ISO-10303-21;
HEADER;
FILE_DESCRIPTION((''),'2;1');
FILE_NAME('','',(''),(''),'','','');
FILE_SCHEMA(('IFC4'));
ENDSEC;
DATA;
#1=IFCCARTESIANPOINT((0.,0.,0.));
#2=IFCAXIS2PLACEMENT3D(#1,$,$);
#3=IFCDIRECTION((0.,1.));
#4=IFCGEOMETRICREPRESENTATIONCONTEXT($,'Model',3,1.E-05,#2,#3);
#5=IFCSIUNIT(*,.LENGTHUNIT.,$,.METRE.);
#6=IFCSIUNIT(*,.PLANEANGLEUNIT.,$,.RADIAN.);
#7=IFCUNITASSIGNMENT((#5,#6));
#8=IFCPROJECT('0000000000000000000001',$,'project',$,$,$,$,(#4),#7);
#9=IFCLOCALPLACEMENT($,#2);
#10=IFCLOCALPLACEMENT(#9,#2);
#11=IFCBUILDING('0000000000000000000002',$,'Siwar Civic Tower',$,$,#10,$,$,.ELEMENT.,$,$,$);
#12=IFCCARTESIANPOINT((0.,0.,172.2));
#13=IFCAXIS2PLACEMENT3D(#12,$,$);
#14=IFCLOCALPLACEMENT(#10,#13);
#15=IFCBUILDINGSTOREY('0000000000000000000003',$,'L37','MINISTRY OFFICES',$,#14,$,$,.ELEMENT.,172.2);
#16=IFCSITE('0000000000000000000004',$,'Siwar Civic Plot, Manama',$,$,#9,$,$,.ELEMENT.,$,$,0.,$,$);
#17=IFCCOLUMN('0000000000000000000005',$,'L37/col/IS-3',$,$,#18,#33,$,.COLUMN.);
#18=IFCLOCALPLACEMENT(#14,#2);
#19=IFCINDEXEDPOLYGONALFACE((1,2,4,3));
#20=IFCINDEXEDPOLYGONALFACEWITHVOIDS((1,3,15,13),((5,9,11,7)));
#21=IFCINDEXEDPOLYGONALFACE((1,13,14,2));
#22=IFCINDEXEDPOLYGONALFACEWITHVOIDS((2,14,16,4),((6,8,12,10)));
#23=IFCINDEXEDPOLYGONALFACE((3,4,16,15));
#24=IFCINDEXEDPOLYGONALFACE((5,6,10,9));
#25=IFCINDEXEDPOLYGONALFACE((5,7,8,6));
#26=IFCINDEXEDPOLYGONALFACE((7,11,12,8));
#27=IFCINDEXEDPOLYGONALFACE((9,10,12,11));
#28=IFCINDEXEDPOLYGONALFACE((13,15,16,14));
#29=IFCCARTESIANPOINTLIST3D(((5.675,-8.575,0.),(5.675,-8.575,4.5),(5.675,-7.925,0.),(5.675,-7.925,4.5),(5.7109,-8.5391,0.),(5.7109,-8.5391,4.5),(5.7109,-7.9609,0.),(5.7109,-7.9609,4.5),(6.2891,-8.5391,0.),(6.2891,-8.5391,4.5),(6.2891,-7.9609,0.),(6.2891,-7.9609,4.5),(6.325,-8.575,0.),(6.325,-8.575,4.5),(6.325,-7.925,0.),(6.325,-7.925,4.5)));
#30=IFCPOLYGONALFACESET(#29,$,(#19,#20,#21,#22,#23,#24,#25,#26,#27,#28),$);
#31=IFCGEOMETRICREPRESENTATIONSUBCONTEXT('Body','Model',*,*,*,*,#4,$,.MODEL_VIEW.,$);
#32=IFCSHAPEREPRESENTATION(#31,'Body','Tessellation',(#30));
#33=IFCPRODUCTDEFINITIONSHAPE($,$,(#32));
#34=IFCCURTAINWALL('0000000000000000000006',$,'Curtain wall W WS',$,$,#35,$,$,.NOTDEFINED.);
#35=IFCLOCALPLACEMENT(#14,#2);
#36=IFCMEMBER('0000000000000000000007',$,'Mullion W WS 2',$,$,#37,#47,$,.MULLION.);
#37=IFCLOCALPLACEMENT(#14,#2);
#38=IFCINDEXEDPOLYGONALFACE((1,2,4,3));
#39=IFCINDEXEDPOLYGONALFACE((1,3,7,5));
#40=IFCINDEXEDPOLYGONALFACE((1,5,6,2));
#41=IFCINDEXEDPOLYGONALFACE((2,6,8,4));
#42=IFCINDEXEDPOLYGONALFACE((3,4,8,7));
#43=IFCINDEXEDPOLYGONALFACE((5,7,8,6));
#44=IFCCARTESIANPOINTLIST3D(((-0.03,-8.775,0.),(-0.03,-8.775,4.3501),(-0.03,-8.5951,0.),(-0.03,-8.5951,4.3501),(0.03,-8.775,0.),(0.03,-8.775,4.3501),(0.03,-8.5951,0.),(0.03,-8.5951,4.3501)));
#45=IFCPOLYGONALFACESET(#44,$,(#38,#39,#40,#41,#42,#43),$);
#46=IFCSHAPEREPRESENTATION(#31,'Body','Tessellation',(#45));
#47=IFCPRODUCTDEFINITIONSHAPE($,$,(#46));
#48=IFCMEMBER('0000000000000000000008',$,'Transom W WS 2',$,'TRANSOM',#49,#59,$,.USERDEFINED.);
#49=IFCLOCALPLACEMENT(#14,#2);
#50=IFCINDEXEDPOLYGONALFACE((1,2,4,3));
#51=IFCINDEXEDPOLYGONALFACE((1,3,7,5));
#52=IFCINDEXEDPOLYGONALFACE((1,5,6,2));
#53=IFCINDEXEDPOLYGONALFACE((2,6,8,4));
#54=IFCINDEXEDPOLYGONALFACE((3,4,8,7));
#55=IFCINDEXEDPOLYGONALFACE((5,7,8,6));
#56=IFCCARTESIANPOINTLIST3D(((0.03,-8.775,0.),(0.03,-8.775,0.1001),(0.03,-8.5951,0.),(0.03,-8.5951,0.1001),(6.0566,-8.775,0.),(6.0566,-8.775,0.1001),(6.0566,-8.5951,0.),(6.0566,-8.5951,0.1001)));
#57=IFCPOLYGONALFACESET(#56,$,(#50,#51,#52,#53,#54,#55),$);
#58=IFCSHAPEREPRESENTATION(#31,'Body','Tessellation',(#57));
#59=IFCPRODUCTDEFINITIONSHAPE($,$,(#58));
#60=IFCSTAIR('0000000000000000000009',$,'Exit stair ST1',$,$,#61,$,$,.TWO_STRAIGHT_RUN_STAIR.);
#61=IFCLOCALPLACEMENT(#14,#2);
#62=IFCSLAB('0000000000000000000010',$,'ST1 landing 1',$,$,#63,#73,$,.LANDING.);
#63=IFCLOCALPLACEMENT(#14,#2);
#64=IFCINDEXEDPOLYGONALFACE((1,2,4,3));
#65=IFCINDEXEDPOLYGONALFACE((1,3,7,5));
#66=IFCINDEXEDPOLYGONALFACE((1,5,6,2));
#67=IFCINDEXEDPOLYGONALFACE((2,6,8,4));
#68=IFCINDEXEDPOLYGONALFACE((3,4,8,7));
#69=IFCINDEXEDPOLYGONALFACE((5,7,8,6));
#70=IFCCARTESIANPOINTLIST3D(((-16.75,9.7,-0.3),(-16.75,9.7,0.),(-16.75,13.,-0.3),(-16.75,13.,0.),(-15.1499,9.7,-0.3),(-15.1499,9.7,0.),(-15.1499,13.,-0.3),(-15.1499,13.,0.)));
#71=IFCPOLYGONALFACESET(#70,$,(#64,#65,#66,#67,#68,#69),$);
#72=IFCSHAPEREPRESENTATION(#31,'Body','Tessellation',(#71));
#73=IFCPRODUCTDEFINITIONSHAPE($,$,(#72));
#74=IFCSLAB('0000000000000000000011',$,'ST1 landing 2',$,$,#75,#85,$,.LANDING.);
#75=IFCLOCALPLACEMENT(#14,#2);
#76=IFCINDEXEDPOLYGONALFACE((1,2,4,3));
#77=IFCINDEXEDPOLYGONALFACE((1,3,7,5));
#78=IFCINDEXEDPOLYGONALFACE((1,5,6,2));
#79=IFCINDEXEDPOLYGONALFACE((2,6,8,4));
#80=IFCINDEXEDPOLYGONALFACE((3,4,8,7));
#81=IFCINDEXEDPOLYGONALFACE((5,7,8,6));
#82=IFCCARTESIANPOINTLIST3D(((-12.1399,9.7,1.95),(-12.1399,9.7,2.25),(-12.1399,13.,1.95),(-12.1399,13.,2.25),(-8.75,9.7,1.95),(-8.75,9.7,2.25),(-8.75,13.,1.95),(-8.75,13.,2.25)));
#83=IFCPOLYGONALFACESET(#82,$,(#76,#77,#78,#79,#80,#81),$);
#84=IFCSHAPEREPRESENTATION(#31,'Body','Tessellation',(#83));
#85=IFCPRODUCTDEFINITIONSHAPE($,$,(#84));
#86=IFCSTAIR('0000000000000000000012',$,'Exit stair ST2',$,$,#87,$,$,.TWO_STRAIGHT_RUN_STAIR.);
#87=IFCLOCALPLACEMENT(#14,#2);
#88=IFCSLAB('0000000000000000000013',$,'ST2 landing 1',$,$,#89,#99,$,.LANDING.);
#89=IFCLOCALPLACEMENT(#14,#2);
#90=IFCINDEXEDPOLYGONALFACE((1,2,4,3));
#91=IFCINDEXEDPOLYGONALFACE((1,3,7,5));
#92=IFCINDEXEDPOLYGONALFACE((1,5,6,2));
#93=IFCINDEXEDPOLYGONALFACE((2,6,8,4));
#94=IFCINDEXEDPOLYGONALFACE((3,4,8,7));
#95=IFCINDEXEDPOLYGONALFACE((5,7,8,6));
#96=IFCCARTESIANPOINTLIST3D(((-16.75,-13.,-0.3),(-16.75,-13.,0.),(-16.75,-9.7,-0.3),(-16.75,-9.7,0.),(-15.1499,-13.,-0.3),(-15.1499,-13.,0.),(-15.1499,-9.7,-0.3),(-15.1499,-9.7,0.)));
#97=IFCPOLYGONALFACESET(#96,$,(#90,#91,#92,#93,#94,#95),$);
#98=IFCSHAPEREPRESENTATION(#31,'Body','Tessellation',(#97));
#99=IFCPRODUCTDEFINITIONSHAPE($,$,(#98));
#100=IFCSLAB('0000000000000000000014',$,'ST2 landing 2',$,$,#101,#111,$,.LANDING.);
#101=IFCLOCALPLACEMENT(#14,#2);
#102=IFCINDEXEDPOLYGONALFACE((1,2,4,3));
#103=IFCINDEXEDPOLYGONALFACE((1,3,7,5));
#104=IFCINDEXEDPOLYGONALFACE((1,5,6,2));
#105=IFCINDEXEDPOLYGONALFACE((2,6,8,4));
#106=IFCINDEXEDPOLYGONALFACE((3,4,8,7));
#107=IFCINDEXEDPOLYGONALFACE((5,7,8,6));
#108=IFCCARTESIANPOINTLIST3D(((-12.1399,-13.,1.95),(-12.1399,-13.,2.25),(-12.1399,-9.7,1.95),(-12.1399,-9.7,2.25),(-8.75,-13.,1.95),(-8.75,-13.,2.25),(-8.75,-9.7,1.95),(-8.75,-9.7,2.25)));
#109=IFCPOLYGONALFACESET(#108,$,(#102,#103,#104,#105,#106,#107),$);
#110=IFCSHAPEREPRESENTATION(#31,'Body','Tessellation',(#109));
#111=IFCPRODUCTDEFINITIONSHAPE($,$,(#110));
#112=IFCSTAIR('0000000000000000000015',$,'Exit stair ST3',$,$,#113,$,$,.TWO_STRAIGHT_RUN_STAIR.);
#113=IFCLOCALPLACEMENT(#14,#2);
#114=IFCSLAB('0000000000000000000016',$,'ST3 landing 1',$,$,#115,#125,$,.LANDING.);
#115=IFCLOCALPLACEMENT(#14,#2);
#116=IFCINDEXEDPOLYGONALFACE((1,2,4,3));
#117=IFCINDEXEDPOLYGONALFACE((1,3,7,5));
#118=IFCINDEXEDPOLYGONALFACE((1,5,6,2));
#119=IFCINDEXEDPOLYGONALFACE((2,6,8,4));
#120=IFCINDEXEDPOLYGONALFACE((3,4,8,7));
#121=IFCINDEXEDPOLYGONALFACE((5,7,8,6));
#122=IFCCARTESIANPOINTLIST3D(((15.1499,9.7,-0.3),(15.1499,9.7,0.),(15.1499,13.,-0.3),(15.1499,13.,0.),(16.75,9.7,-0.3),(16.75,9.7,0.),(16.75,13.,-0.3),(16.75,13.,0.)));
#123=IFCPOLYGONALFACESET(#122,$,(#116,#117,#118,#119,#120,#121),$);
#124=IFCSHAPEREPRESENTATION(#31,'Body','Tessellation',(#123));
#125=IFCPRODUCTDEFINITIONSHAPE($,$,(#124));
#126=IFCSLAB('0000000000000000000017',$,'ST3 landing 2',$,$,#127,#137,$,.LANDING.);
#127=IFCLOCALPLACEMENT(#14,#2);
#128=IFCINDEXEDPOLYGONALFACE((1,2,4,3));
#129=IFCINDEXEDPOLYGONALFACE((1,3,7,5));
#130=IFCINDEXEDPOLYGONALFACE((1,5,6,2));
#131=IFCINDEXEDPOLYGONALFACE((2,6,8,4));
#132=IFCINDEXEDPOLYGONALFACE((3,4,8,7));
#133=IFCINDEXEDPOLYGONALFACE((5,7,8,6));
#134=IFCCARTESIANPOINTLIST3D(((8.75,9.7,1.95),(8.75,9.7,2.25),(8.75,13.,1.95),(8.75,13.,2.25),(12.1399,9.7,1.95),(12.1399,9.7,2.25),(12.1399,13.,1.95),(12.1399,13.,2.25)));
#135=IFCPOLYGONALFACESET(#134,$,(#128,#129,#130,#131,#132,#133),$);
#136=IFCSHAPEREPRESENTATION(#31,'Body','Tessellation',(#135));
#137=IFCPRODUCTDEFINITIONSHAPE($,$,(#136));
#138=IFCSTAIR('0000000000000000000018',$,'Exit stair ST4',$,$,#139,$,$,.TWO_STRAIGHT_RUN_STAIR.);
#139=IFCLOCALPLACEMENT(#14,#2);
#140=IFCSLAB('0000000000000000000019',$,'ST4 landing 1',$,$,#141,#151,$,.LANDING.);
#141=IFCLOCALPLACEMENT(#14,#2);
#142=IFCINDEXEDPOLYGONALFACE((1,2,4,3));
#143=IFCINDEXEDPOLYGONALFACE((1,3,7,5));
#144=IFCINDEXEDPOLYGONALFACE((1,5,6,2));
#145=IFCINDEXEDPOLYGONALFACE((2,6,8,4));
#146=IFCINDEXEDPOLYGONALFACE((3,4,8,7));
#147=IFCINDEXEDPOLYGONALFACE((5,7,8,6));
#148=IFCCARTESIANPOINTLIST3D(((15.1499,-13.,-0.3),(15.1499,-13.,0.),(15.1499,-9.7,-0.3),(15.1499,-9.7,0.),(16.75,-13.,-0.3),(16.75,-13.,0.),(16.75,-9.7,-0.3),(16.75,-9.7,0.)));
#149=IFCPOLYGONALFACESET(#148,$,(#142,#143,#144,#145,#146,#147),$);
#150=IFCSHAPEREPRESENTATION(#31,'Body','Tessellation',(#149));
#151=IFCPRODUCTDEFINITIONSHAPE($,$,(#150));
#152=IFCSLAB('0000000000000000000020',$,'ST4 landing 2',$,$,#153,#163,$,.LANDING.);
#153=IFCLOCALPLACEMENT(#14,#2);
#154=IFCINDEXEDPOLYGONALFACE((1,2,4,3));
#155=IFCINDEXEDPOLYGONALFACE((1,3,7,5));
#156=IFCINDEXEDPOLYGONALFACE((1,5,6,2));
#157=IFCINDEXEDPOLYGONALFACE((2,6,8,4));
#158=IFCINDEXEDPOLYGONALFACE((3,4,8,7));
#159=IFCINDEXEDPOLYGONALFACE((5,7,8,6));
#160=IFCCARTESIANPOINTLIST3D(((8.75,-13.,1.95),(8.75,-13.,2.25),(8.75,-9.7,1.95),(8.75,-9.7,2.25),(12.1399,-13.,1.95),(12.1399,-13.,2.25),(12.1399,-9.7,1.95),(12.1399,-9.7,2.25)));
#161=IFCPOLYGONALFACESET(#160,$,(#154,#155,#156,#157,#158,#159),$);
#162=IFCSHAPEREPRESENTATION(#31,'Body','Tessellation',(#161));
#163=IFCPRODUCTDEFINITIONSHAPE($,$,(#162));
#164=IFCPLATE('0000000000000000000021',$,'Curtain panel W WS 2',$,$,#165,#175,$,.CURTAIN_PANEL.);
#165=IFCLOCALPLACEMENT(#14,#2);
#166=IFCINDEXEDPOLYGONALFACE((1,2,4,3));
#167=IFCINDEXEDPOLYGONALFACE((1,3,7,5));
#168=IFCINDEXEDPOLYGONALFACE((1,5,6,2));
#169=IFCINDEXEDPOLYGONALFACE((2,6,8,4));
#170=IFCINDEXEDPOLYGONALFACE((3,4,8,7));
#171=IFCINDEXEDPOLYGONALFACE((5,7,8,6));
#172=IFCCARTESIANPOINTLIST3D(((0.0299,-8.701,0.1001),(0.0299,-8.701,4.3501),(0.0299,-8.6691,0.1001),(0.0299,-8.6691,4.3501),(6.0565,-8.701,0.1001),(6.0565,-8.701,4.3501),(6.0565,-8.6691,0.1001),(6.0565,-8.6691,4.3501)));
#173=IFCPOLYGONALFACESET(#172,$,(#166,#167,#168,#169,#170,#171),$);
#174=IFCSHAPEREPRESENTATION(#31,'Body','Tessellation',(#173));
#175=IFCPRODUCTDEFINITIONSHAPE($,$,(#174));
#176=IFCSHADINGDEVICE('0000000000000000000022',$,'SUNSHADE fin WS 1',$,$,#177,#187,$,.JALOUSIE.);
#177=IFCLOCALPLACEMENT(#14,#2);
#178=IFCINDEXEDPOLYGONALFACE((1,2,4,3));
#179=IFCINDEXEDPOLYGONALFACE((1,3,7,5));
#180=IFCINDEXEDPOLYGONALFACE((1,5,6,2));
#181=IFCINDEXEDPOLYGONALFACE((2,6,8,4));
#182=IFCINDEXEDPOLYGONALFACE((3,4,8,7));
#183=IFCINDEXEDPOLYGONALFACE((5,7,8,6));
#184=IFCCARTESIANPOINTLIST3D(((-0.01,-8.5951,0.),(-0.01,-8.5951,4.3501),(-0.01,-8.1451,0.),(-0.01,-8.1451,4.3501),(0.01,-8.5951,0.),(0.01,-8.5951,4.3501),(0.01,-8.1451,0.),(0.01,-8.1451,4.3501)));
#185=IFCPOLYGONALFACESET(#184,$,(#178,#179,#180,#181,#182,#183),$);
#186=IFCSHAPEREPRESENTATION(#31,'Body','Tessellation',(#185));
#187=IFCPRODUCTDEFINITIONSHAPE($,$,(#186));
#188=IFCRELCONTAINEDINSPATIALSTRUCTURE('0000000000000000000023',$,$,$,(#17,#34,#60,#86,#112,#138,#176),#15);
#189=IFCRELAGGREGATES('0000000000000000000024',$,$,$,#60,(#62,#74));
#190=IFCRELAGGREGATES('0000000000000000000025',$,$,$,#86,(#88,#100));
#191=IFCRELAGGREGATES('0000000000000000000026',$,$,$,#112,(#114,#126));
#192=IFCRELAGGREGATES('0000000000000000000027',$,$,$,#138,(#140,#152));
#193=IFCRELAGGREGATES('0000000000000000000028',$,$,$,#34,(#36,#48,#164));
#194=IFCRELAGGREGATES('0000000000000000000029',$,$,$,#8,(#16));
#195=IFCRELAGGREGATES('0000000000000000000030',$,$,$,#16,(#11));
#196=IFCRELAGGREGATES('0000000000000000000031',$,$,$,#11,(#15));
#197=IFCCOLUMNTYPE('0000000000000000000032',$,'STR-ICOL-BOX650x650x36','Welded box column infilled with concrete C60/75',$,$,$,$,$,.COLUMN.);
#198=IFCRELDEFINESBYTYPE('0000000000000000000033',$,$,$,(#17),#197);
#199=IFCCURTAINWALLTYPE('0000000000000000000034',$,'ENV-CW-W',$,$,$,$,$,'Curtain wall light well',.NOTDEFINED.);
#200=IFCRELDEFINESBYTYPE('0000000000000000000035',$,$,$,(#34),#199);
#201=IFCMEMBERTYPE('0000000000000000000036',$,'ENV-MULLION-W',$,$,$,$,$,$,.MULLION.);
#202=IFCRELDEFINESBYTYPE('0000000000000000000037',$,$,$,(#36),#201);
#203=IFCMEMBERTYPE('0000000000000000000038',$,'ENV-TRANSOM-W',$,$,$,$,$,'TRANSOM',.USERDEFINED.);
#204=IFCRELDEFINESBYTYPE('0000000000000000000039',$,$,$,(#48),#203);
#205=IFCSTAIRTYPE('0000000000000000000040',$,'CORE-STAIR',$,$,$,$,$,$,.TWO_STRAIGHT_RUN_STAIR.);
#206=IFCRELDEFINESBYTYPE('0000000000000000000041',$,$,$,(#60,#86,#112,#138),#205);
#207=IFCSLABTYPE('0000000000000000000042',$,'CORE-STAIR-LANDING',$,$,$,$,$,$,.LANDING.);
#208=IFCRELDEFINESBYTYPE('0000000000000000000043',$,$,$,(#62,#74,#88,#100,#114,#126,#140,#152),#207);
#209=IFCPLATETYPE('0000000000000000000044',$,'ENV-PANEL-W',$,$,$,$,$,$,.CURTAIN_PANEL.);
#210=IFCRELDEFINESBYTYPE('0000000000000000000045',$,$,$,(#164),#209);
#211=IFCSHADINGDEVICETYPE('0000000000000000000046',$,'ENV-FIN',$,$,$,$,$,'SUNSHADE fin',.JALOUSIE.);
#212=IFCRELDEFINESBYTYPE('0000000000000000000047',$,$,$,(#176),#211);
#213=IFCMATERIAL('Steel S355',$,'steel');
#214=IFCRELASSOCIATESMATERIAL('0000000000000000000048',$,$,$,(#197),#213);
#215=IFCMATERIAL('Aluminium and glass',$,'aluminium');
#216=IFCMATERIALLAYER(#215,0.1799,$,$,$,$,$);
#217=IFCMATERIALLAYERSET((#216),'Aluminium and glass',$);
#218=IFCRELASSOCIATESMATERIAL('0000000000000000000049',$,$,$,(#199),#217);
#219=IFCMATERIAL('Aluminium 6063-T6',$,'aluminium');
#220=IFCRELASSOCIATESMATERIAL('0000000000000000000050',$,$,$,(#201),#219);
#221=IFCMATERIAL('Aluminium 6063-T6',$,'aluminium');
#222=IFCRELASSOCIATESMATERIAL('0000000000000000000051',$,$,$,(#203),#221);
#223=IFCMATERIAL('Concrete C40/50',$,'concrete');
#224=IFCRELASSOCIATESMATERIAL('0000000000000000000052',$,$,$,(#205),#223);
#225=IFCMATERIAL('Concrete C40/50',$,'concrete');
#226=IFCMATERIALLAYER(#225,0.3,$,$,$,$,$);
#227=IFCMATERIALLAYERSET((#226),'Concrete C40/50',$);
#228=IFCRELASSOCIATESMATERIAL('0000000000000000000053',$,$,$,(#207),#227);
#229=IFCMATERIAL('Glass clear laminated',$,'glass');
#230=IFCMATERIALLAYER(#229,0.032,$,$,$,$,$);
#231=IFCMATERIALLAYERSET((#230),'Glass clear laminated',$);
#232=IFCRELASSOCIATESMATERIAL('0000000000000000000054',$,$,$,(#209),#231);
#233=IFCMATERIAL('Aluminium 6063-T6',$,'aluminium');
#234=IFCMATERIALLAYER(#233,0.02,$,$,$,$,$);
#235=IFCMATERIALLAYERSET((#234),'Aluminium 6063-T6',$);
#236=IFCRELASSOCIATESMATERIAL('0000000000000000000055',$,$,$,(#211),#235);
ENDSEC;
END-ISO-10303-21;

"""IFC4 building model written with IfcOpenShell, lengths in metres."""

from ifc_helpers import new_model, si_unit, direction, frame, origin, origin_2d, place, context, subcontext, project, spatial, polyline, rectangle, hollow_rectangle, outline, extrude, material, layer, layer_set, material_profile, profile_set, type_object, element, aggregate, save


model = new_model("IFC4")

# Units and contexts
model_context = context("Model", 3, precision=1e-05, world=origin(), true_north=direction((0.0, 1.0)))
body_context = subcontext(model_context, "Body", "Model", "MODEL_VIEW")
ifc_project = project(units=[si_unit("LENGTHUNIT", "METRE"), si_unit("PLANEANGLEUNIT", "RADIAN")], contexts=[model_context])

# Site, building, storey
site_placement = place(None, origin())
site = spatial("IfcSite", under=ifc_project, at=site_placement, Name="Siwar Civic Plot, Manama", CompositionType="ELEMENT", RefElevation=0.0)
building_placement = place(site_placement, origin())
building = spatial("IfcBuilding", under=site, at=building_placement, Name="Siwar Civic Tower", CompositionType="ELEMENT")
storey_placement = place(building_placement, frame((0.0, 0.0, 172.2)))
storey = spatial("IfcBuildingStorey", under=building, at=storey_placement, Name="L37", Description="MINISTRY OFFICES", CompositionType="ELEMENT", Elevation=172.2)

# Column
ifc_material_1 = material(Name="Steel S355", Category="steel")
ifc_material_profile_1 = material_profile(ifc_material_1, hollow_rectangle(XDim=0.6499, YDim=0.6499, WallThickness=0.0359, at=origin_2d()), Name="BOX650x650x36")
ifc_profile_set_1 = profile_set([ifc_material_profile_1], Name="Steel S355")
column_type = type_object("IfcColumnType", Name="STR-ICOL-BOX650x650x36", Description="Welded box column infilled with concrete C60/75", PredefinedType="COLUMN", material=ifc_profile_set_1)
column_placement = place(storey_placement, frame((6.0, -8.25, 0.0), z_axis=(0.0, 0.0, 1.0), x_axis=(1.0, 0.0, 0.0)))
element("IfcColumn", 1, at=column_placement, inside=storey, type_object=column_type, Name="L37/col/IS-3", PredefinedType="COLUMN", context=body_context, shape_type="SweptSolid", body=[
    extrude(hollow_rectangle(XDim=0.6499, YDim=0.6499, WallThickness=0.0359, at=origin_2d()), origin(), (0.0, 0.0, 1.0), 4.5),
])

# Curtain wall, members
ifc_material_2 = material(Name="Aluminium and glass", Category="aluminium")
ifc_layer_1 = layer(ifc_material_2, 0.1799)
ifc_layer_set_1 = layer_set([ifc_layer_1], Name="Aluminium and glass")
curtain_wall_type = type_object("IfcCurtainWallType", Name="ENV-CW-W", ElementType="Curtain wall light well", PredefinedType="NOTDEFINED", material=ifc_layer_set_1)
curtain_wall_placement = place(storey_placement, origin())
curtain_wall = element("IfcCurtainWall", 2, at=curtain_wall_placement, inside=storey, type_object=curtain_wall_type, Name="Curtain wall W WS", PredefinedType="NOTDEFINED")
ifc_material_3 = material(Name="Aluminium 6063-T6", Category="aluminium")
ifc_material_profile_2 = material_profile(ifc_material_3, rectangle(XDim=0.1799, YDim=0.0601, at=origin_2d()), Name="AL 180x60")
ifc_profile_set_2 = profile_set([ifc_material_profile_2], Name="Aluminium 6063-T6")
member_type_1 = type_object("IfcMemberType", Name="ENV-MULLION-W", PredefinedType="MULLION", material=ifc_profile_set_2)
member_1_placement = place(storey_placement, frame((0.0, -8.6851, 0.0), z_axis=(0.0, 0.0, 1.0), x_axis=(0.0, 1.0, 0.0)))
member_1 = element("IfcMember", 3, at=member_1_placement, type_object=member_type_1, Name="Mullion W WS 2", PredefinedType="MULLION", context=body_context, shape_type="SweptSolid", body=[
    extrude(rectangle(XDim=0.1799, YDim=0.0601, at=origin_2d()), origin(), (0.0, 0.0, 1.0), 4.3501),
])
ifc_material_4 = material(Name="Aluminium 6063-T6", Category="aluminium")
ifc_material_profile_3 = material_profile(ifc_material_4, rectangle(XDim=0.1799, YDim=0.1001, at=origin_2d()), Name="AL 180x100")
ifc_profile_set_3 = profile_set([ifc_material_profile_3], Name="Aluminium 6063-T6")
member_type_2 = type_object("IfcMemberType", Name="ENV-TRANSOM-W", ElementType="TRANSOM", PredefinedType="USERDEFINED", material=ifc_profile_set_3)
member_2_placement = place(storey_placement, frame((0.03, -8.6851, 0.05), z_axis=(1.0, 0.0, 0.0), x_axis=(0.0, 1.0, 0.0)))
member_2 = element("IfcMember", 4, at=member_2_placement, type_object=member_type_2, Name="Transom W WS 2", ObjectType="TRANSOM", PredefinedType="USERDEFINED", context=body_context, shape_type="SweptSolid", body=[
    extrude(rectangle(XDim=0.1799, YDim=0.1001, at=origin_2d()), origin(), (0.0, 0.0, 1.0), 6.0266),
])

# Stairs, slabs
ifc_material_5 = material(Name="Concrete C40/50", Category="concrete")
stair_type = type_object("IfcStairType", Name="CORE-STAIR", PredefinedType="TWO_STRAIGHT_RUN_STAIR", material=ifc_material_5)
stair_1_placement = place(storey_placement, origin())
stair_1 = element("IfcStair", 5, at=stair_1_placement, inside=storey, type_object=stair_type, Name="Exit stair ST1", PredefinedType="TWO_STRAIGHT_RUN_STAIR")
ifc_material_6 = material(Name="Concrete C40/50", Category="concrete")
ifc_layer_2 = layer(ifc_material_6, 0.3)
ifc_layer_set_2 = layer_set([ifc_layer_2], Name="Concrete C40/50")
slab_type = type_object("IfcSlabType", Name="CORE-STAIR-LANDING", PredefinedType="LANDING", material=ifc_layer_set_2)
slab_1_placement = place(storey_placement, frame((0.0, 0.0, -0.3)))
slab_1 = element("IfcSlab", 6, at=slab_1_placement, type_object=slab_type, Name="ST1 landing 1", PredefinedType="LANDING", context=body_context, shape_type="SweptSolid", body=[
    extrude(outline(polyline([(-15.1499, 13.0), (-16.75, 13.0), (-16.75, 9.7), (-15.1499, 9.7), (-15.1499, 13.0)])), origin(), (0.0, 0.0, 1.0), 0.3),
])
slab_2_placement = place(storey_placement, frame((0.0, 0.0, 1.95)))
slab_2 = element("IfcSlab", 7, at=slab_2_placement, type_object=slab_type, Name="ST1 landing 2", PredefinedType="LANDING", context=body_context, shape_type="SweptSolid", body=[
    extrude(outline(polyline([(-8.75, 13.0), (-12.1399, 13.0), (-12.1399, 9.7), (-8.75, 9.7), (-8.75, 13.0)])), origin(), (0.0, 0.0, 1.0), 0.3),
])
aggregate(stair_1, [slab_1, slab_2])
stair_2_placement = place(storey_placement, origin())
stair_2 = element("IfcStair", 8, at=stair_2_placement, inside=storey, type_object=stair_type, Name="Exit stair ST2", PredefinedType="TWO_STRAIGHT_RUN_STAIR")
slab_3_placement = place(storey_placement, frame((0.0, 0.0, -0.3)))
slab_3 = element("IfcSlab", 9, at=slab_3_placement, type_object=slab_type, Name="ST2 landing 1", PredefinedType="LANDING", context=body_context, shape_type="SweptSolid", body=[
    extrude(outline(polyline([(-15.1499, -9.7), (-16.75, -9.7), (-16.75, -13.0), (-15.1499, -13.0), (-15.1499, -9.7)])), origin(), (0.0, 0.0, 1.0), 0.3),
])
slab_4_placement = place(storey_placement, frame((0.0, 0.0, 1.95)))
slab_4 = element("IfcSlab", 10, at=slab_4_placement, type_object=slab_type, Name="ST2 landing 2", PredefinedType="LANDING", context=body_context, shape_type="SweptSolid", body=[
    extrude(outline(polyline([(-8.75, -9.7), (-12.1399, -9.7), (-12.1399, -13.0), (-8.75, -13.0), (-8.75, -9.7)])), origin(), (0.0, 0.0, 1.0), 0.3),
])
aggregate(stair_2, [slab_3, slab_4])
stair_3_placement = place(storey_placement, origin())
stair_3 = element("IfcStair", 11, at=stair_3_placement, inside=storey, type_object=stair_type, Name="Exit stair ST3", PredefinedType="TWO_STRAIGHT_RUN_STAIR")
slab_5_placement = place(storey_placement, frame((0.0, 0.0, -0.3)))
slab_5 = element("IfcSlab", 12, at=slab_5_placement, type_object=slab_type, Name="ST3 landing 1", PredefinedType="LANDING", context=body_context, shape_type="SweptSolid", body=[
    extrude(outline(polyline([(15.1499, 9.7), (16.75, 9.7), (16.75, 13.0), (15.1499, 13.0), (15.1499, 9.7)])), origin(), (0.0, 0.0, 1.0), 0.3),
])
slab_6_placement = place(storey_placement, frame((0.0, 0.0, 1.95)))
slab_6 = element("IfcSlab", 13, at=slab_6_placement, type_object=slab_type, Name="ST3 landing 2", PredefinedType="LANDING", context=body_context, shape_type="SweptSolid", body=[
    extrude(outline(polyline([(8.75, 9.7), (12.1399, 9.7), (12.1399, 13.0), (8.75, 13.0), (8.75, 9.7)])), origin(), (0.0, 0.0, 1.0), 0.3),
])
aggregate(stair_3, [slab_5, slab_6])
stair_4_placement = place(storey_placement, origin())
stair_4 = element("IfcStair", 14, at=stair_4_placement, inside=storey, type_object=stair_type, Name="Exit stair ST4", PredefinedType="TWO_STRAIGHT_RUN_STAIR")
slab_7_placement = place(storey_placement, frame((0.0, 0.0, -0.3)))
slab_7 = element("IfcSlab", 15, at=slab_7_placement, type_object=slab_type, Name="ST4 landing 1", PredefinedType="LANDING", context=body_context, shape_type="SweptSolid", body=[
    extrude(outline(polyline([(15.1499, -13.0), (16.75, -13.0), (16.75, -9.7), (15.1499, -9.7), (15.1499, -13.0)])), origin(), (0.0, 0.0, 1.0), 0.3),
])
slab_8_placement = place(storey_placement, frame((0.0, 0.0, 1.95)))
slab_8 = element("IfcSlab", 16, at=slab_8_placement, type_object=slab_type, Name="ST4 landing 2", PredefinedType="LANDING", context=body_context, shape_type="SweptSolid", body=[
    extrude(outline(polyline([(8.75, -13.0), (12.1399, -13.0), (12.1399, -9.7), (8.75, -9.7), (8.75, -13.0)])), origin(), (0.0, 0.0, 1.0), 0.3),
])
aggregate(stair_4, [slab_7, slab_8])

# Plate
ifc_material_7 = material(Name="Glass clear laminated", Category="glass")
ifc_layer_3 = layer(ifc_material_7, 0.032)
ifc_layer_set_3 = layer_set([ifc_layer_3], Name="Glass clear laminated")
plate_type = type_object("IfcPlateType", Name="ENV-PANEL-W", PredefinedType="CURTAIN_PANEL", material=ifc_layer_set_3)
plate_placement = place(storey_placement, frame((3.0432, -8.6851, 0.1001), z_axis=(0.0, 0.0, 1.0), x_axis=(1.0, 0.0, 0.0)))
plate = element("IfcPlate", 17, at=plate_placement, type_object=plate_type, Name="Curtain panel W WS 2", PredefinedType="CURTAIN_PANEL", context=body_context, shape_type="SweptSolid", body=[
    extrude(rectangle(XDim=6.0266, YDim=0.032, at=origin_2d()), origin(), (0.0, 0.0, 1.0), 4.25),
])
aggregate(curtain_wall, [member_1, member_2, plate])

# Shading device
ifc_material_8 = material(Name="Aluminium 6063-T6", Category="aluminium")
ifc_layer_4 = layer(ifc_material_8, 0.02)
ifc_layer_set_4 = layer_set([ifc_layer_4], Name="Aluminium 6063-T6")
shading_device_type = type_object("IfcShadingDeviceType", Name="ENV-FIN", ElementType="SUNSHADE fin", PredefinedType="JALOUSIE", material=ifc_layer_set_4)
shading_device_placement = place(storey_placement, frame((0.0, -8.3701, 0.0), z_axis=(0.0, 0.0, 1.0), x_axis=(1.0, 0.0, 0.0)))
element("IfcShadingDevice", 18, at=shading_device_placement, inside=storey, type_object=shading_device_type, Name="SUNSHADE fin WS 1", PredefinedType="JALOUSIE", context=body_context, shape_type="SweptSolid", body=[
    extrude(rectangle(XDim=0.02, YDim=0.45, at=origin_2d()), origin(), (0.0, 0.0, 1.0), 4.3501),
])

save(model, "model.ifc")
